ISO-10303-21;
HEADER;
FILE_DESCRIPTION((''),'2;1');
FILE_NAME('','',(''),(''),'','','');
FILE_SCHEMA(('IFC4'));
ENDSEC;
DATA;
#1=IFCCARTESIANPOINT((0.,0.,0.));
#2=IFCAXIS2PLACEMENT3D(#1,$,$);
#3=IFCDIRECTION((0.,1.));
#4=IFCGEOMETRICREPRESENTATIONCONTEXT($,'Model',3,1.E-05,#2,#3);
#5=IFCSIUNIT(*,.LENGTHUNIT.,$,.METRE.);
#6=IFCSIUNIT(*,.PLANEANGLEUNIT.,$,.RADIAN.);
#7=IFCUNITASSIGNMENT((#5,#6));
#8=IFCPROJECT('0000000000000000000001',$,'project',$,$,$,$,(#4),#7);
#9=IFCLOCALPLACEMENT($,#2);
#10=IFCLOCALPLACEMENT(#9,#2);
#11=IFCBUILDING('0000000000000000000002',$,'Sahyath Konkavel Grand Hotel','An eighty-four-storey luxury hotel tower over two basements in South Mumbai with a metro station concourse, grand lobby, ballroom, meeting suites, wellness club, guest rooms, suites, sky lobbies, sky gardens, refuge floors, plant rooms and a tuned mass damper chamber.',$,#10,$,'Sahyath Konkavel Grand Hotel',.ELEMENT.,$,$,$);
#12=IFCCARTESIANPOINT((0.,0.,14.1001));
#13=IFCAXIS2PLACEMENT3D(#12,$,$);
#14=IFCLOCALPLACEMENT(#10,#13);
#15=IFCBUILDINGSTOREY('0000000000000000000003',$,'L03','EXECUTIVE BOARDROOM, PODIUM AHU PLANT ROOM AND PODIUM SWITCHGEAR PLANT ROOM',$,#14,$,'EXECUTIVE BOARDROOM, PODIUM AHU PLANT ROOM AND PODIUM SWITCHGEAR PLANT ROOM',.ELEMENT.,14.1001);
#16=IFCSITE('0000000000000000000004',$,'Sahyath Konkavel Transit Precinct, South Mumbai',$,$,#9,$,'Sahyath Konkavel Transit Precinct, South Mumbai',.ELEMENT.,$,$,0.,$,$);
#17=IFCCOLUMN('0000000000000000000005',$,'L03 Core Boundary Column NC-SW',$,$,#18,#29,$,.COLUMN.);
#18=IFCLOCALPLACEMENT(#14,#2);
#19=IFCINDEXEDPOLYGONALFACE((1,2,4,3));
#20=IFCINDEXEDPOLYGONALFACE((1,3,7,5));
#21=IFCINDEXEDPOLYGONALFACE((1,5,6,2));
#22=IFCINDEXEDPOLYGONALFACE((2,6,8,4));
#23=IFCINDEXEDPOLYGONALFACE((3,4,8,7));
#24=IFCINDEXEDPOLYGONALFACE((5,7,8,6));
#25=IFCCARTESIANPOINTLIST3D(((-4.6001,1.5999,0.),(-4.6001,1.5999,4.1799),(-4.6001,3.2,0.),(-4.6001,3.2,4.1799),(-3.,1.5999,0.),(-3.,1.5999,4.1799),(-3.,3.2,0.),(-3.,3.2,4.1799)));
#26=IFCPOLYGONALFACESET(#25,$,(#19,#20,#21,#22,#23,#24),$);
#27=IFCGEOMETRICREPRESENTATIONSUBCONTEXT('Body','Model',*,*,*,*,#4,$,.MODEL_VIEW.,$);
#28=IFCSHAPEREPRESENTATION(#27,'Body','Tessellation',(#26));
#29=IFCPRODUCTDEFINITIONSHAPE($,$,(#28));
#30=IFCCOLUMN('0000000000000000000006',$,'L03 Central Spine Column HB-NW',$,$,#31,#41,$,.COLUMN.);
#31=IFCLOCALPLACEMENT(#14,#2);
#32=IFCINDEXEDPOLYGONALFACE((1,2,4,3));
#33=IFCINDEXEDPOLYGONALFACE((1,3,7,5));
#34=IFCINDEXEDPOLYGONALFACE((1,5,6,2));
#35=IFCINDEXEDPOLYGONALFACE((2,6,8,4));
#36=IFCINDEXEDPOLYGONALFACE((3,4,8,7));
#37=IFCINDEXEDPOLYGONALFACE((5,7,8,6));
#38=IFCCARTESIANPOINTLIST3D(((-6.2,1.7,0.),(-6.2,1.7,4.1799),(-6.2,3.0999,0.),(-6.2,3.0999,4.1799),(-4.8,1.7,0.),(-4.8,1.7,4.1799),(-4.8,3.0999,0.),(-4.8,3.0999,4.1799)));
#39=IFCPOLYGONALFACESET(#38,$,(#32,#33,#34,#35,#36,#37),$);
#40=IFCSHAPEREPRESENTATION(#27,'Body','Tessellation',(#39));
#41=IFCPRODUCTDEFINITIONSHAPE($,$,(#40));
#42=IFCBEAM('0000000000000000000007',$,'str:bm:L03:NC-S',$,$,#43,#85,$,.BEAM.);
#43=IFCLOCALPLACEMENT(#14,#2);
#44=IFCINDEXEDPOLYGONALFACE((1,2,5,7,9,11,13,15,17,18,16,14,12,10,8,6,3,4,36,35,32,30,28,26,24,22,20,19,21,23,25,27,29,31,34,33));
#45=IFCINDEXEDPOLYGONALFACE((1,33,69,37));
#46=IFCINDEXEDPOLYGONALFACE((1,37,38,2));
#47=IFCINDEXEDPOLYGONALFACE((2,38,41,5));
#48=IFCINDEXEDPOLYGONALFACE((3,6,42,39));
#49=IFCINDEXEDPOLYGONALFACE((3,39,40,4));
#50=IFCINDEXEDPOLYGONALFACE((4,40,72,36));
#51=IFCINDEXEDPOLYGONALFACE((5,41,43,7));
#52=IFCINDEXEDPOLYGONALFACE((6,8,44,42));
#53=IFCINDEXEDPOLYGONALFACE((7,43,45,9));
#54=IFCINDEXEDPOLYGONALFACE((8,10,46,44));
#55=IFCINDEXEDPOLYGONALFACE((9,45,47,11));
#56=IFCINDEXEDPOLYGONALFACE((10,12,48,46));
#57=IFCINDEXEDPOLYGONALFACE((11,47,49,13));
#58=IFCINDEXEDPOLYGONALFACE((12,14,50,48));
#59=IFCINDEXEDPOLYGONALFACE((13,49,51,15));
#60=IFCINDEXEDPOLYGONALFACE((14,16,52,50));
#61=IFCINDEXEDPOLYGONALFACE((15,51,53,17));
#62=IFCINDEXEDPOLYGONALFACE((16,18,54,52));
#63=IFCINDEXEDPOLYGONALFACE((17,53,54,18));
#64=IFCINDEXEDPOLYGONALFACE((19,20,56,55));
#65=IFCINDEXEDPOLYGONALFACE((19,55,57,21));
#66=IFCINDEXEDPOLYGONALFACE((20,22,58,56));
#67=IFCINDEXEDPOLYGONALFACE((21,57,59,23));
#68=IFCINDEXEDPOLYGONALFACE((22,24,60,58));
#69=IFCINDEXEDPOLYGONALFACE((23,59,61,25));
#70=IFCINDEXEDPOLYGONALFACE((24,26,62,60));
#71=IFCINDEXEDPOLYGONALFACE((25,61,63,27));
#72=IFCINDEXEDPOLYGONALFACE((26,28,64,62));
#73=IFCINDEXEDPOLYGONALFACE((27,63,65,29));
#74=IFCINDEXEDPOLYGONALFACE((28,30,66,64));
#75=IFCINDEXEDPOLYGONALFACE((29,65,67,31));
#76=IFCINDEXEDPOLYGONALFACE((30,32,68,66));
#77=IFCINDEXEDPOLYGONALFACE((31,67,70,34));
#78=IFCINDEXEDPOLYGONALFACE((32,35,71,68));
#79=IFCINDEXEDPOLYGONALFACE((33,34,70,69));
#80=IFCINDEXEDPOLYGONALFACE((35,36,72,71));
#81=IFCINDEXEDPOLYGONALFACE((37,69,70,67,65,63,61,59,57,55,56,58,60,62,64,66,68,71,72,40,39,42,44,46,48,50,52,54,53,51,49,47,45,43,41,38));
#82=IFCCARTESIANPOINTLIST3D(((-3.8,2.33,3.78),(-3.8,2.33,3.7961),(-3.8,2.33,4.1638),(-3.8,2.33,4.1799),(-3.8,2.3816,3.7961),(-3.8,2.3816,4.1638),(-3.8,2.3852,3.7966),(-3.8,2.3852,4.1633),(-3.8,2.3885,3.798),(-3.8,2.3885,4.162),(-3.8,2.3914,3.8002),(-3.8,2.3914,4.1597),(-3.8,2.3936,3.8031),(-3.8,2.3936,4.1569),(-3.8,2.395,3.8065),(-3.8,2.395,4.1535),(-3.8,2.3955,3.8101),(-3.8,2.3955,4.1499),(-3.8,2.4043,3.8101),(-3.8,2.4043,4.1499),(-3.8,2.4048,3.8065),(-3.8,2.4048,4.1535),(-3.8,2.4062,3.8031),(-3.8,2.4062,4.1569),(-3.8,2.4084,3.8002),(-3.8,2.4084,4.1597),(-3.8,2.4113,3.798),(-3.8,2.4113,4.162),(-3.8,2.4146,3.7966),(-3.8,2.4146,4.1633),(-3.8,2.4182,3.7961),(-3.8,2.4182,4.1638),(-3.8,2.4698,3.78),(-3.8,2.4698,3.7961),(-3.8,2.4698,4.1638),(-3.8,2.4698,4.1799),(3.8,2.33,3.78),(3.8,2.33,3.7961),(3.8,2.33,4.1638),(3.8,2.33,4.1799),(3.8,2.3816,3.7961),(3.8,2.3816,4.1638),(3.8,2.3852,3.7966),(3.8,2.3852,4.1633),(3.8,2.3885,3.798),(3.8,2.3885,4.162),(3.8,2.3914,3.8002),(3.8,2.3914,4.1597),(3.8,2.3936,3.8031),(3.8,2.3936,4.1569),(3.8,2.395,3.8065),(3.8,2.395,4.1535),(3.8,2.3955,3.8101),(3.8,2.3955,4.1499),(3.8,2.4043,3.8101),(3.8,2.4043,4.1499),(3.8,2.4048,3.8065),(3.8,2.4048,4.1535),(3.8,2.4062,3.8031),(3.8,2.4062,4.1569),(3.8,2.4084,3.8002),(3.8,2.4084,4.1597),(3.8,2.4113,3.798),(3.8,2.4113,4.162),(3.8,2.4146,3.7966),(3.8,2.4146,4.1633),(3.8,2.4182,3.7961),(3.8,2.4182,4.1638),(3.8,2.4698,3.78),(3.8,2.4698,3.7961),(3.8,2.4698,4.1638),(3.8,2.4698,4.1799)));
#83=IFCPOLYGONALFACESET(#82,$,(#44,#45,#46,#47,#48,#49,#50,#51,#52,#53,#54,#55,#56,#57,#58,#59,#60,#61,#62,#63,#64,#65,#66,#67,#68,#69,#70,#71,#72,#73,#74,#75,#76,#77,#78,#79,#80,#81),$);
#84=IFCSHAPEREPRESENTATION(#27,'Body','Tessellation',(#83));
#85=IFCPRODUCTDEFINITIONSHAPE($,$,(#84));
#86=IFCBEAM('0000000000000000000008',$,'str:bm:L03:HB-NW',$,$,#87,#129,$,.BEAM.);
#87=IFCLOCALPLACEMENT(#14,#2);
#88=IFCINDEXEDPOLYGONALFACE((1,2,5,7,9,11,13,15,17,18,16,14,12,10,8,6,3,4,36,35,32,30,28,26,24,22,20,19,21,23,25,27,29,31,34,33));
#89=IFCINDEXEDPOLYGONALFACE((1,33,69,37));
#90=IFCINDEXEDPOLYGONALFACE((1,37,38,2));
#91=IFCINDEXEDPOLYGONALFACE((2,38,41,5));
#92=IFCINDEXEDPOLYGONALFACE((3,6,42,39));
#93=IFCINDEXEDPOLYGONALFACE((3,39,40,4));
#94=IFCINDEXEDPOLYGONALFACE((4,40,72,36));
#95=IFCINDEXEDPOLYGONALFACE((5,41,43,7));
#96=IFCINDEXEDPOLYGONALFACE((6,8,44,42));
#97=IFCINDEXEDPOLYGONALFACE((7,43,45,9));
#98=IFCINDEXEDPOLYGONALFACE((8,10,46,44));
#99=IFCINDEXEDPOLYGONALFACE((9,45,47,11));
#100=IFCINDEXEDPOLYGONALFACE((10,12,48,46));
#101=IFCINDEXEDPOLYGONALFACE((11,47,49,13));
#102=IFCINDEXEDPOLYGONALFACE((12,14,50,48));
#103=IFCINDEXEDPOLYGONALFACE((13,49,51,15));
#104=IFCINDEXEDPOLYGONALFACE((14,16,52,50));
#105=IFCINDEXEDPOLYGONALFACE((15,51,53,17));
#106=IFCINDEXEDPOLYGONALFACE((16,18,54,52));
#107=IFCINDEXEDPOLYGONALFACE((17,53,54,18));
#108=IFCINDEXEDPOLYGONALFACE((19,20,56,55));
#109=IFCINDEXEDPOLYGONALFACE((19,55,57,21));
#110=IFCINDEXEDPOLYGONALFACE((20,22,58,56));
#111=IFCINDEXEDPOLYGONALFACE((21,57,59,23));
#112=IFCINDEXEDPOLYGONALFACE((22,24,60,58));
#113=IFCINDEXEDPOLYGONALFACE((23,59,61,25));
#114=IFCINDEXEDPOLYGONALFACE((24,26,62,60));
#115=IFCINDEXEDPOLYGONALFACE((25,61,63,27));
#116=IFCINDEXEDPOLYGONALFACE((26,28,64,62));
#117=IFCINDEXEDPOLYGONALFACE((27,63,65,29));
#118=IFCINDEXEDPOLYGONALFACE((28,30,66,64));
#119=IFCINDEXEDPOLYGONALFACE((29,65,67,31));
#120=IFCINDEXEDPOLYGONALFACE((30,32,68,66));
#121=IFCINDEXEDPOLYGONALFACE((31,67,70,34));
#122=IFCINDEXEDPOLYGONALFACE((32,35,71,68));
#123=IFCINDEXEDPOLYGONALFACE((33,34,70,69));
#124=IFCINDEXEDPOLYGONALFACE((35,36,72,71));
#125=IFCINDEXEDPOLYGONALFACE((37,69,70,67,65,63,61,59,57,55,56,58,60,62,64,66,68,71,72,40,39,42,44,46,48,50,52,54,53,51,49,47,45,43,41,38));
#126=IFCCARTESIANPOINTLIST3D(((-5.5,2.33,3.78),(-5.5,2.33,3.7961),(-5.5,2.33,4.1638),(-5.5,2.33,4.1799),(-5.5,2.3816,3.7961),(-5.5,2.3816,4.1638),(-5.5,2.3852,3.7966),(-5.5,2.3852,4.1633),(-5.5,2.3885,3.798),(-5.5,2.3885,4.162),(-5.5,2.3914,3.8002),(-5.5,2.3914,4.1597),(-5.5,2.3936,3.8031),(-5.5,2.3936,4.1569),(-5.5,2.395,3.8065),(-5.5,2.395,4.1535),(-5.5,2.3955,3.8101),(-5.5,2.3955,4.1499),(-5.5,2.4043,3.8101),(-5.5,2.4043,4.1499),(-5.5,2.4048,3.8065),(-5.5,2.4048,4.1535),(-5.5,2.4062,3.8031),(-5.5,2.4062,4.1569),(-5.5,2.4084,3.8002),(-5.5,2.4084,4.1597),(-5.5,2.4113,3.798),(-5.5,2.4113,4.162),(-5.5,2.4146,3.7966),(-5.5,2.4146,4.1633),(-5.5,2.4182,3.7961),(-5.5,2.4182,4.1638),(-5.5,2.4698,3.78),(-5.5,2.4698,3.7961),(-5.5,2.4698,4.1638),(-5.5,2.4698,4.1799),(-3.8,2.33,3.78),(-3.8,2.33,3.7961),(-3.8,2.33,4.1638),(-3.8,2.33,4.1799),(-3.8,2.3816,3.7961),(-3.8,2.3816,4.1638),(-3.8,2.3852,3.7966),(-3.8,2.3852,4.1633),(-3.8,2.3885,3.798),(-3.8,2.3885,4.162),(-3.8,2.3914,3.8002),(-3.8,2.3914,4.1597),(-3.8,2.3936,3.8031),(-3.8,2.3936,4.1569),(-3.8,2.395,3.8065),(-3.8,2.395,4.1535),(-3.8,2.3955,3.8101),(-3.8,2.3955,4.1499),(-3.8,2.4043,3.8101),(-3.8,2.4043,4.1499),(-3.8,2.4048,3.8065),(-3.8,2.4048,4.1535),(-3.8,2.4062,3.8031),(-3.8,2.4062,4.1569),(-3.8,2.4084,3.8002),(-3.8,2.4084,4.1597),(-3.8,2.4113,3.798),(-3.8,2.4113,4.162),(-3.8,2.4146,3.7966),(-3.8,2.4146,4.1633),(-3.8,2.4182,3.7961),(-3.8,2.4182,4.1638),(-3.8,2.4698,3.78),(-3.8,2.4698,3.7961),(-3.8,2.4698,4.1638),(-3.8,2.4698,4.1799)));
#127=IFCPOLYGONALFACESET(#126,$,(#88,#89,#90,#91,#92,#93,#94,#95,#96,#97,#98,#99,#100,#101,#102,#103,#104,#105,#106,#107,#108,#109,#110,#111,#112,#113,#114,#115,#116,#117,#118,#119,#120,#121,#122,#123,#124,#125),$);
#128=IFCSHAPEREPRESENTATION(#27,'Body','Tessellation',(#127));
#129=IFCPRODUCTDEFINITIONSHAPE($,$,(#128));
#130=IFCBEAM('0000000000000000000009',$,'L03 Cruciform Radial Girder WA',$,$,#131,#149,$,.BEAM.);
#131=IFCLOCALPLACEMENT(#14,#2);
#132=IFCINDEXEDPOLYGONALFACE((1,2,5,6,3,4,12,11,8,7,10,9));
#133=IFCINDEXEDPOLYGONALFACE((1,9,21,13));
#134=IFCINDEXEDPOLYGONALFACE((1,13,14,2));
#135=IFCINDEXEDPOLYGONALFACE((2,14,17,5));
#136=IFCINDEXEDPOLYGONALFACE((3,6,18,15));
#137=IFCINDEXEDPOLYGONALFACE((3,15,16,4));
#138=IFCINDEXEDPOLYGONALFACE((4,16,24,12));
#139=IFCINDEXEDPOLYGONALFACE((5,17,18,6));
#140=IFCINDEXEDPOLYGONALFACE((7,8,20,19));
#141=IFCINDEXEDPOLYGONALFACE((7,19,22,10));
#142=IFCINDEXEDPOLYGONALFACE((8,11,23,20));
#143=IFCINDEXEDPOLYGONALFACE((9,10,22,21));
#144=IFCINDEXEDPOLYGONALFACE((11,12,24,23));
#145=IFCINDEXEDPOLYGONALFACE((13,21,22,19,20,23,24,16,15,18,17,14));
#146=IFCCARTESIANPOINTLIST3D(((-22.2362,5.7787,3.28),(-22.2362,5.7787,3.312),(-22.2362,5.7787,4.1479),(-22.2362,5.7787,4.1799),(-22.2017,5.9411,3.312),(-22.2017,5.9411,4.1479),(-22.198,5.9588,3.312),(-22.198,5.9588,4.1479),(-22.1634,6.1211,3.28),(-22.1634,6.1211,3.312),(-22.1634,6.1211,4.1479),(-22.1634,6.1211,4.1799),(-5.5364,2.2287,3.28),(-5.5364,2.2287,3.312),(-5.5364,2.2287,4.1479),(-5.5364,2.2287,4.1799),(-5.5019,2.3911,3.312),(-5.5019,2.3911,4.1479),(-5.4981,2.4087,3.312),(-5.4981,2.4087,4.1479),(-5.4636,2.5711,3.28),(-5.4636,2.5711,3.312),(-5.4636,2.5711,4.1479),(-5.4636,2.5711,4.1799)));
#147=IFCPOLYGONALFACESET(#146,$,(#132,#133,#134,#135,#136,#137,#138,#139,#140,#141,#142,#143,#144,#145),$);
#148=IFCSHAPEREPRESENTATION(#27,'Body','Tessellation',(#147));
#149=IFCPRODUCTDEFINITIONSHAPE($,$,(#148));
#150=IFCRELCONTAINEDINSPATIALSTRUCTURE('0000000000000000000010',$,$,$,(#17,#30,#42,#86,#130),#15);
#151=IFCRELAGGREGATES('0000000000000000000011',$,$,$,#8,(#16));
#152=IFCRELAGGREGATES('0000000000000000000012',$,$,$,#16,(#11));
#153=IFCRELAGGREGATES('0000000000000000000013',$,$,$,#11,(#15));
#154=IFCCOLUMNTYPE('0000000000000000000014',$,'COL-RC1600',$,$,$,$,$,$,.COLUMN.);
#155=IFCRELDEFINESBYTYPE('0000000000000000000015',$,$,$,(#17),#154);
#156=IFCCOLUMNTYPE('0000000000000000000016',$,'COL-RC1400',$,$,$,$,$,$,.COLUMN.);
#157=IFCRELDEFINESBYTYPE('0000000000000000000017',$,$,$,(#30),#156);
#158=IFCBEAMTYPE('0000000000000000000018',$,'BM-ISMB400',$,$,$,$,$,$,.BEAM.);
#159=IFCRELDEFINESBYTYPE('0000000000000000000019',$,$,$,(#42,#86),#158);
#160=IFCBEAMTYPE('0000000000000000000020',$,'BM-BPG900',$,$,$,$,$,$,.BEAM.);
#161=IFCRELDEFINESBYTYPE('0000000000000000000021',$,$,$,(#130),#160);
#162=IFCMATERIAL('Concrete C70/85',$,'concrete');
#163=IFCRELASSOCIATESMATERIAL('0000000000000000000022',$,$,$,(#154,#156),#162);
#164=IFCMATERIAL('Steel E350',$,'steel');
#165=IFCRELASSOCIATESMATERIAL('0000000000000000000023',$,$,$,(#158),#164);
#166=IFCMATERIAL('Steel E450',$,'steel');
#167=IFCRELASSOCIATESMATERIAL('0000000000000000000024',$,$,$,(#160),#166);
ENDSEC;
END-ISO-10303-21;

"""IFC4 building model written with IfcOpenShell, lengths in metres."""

from ifc_helpers import new_model, si_unit, direction, frame, origin, origin_2d, place, context, subcontext, project, spatial, rectangle, i_section, extrude, source, transform, mapped, material, material_profile, profile_set, type_object, element, save


model = new_model("IFC4")

# Units and contexts
model_context = context("Model", 3, precision=1e-05, world=origin(), true_north=direction((0.0, 1.0)))
body_context = subcontext(model_context, "Body", "Model", "MODEL_VIEW")
ifc_project = project(units=[si_unit("LENGTHUNIT", "METRE"), si_unit("PLANEANGLEUNIT", "RADIAN")], contexts=[model_context])

# Site, building, storey
site_placement = place(None, origin())
site = spatial("IfcSite", under=ifc_project, at=site_placement, Name="Sahyath Konkavel Transit Precinct, South Mumbai", LongName="Sahyath Konkavel Transit Precinct, South Mumbai", CompositionType="ELEMENT", RefElevation=0.0)
building_placement = place(site_placement, origin())
building = spatial("IfcBuilding", under=site, at=building_placement, Name="Sahyath Konkavel Grand Hotel", Description="An eighty-four-storey luxury hotel tower over two basements in South Mumbai with a metro station concourse, grand lobby, ballroom, meeting suites, wellness club, guest rooms, suites, sky lobbies, sky gardens, refuge floors, plant rooms and a tuned mass damper chamber.", LongName="Sahyath Konkavel Grand Hotel", CompositionType="ELEMENT")
storey_placement = place(building_placement, frame((0.0, 0.0, 14.1001)))
storey = spatial("IfcBuildingStorey", under=building, at=storey_placement, Name="L03", Description="EXECUTIVE BOARDROOM, PODIUM AHU PLANT ROOM AND PODIUM SWITCHGEAR PLANT ROOM", LongName="EXECUTIVE BOARDROOM, PODIUM AHU PLANT ROOM AND PODIUM SWITCHGEAR PLANT ROOM", CompositionType="ELEMENT", Elevation=14.1001)

# Columns
ifc_material_1 = material(Name="Concrete C70/85", Category="concrete")
ifc_material_profile_1 = material_profile(ifc_material_1, rectangle(XDim=1.6001, YDim=1.6001, at=origin_2d()), Name="RC 1600x1600")
ifc_profile_set_1 = profile_set([ifc_material_profile_1], Name="Concrete C70/85")
column_type_1 = type_object("IfcColumnType", Name="COL-RC1600", PredefinedType="COLUMN", material=ifc_profile_set_1)
shared_shape_1 = source(origin(), body_context, "Body", "SweptSolid", [
    extrude(rectangle(XDim=1.6001, YDim=1.6001, at=origin_2d()), origin(), (0.0, 0.0, 1.0), 4.1799),
])
column_1_placement = place(storey_placement, frame((-3.8, 2.3999, 0.0), z_axis=(0.0, 0.0, 1.0), x_axis=(1.0, 0.0, 0.0)))
element("IfcColumn", 1, at=column_1_placement, inside=storey, type_object=column_type_1, Name="L03 Core Boundary Column NC-SW", PredefinedType="COLUMN", context=body_context, shape_type="MappedRepresentation", body=[
    mapped(shared_shape_1, transform((0.0, 0.0, 0.0), scale=1.0)),
])
ifc_material_profile_2 = material_profile(ifc_material_1, rectangle(XDim=1.3999, YDim=1.3999, at=origin_2d()), Name="RC 1400x1400")
ifc_profile_set_2 = profile_set([ifc_material_profile_2], Name="Concrete C70/85")
column_type_2 = type_object("IfcColumnType", Name="COL-RC1400", PredefinedType="COLUMN", material=ifc_profile_set_2)
shared_shape_2 = source(origin(), body_context, "Body", "SweptSolid", [
    extrude(rectangle(XDim=1.3999, YDim=1.3999, at=origin_2d()), origin(), (0.0, 0.0, 1.0), 4.1799),
])
column_2_placement = place(storey_placement, frame((-5.5, 2.3999, 0.0), z_axis=(0.0, 0.0, 1.0), x_axis=(1.0, 0.0, 0.0)))
element("IfcColumn", 2, at=column_2_placement, inside=storey, type_object=column_type_2, Name="L03 Central Spine Column HB-NW", PredefinedType="COLUMN", context=body_context, shape_type="MappedRepresentation", body=[
    mapped(shared_shape_2, transform((0.0, 0.0, 0.0), scale=1.0)),
])

# Beams
ifc_material_2 = material(Name="Steel E350", Category="steel")
ifc_material_profile_3 = material_profile(ifc_material_2, i_section(OverallWidth=0.1399, OverallDepth=0.3999, WebThickness=0.0088, FlangeThickness=0.0161, FilletRadius=0.0139, at=origin_2d()), Name="ISMB 400")
ifc_profile_set_3 = profile_set([ifc_material_profile_3], Name="Steel E350")
beam_type_1 = type_object("IfcBeamType", Name="BM-ISMB400", PredefinedType="BEAM", material=ifc_profile_set_3)
shared_shape_3 = source(origin(), body_context, "Body", "SweptSolid", [
    extrude(i_section(OverallWidth=0.1399, OverallDepth=0.3999, WebThickness=0.0088, FlangeThickness=0.0161, FilletRadius=0.0139, at=origin_2d()), origin(), (0.0, 0.0, 1.0), 7.6001),
])
beam_1_placement = place(storey_placement, frame((-3.8, 2.3999, 3.98), z_axis=(1.0, 0.0, 0.0), x_axis=(0.0, 1.0, 0.0)))
element("IfcBeam", 3, at=beam_1_placement, inside=storey, type_object=beam_type_1, Name="str:bm:L03:NC-S", PredefinedType="BEAM", context=body_context, shape_type="MappedRepresentation", body=[
    mapped(shared_shape_3, transform((0.0, 0.0, 0.0), scale=1.0)),
])
shared_shape_4 = source(origin(), body_context, "Body", "SweptSolid", [
    extrude(i_section(OverallWidth=0.1399, OverallDepth=0.3999, WebThickness=0.0088, FlangeThickness=0.0161, FilletRadius=0.0139, at=origin_2d()), origin(), (0.0, 0.0, 1.0), 1.7),
])
beam_2_placement = place(storey_placement, frame((-5.5, 2.3999, 3.98), z_axis=(1.0, 0.0, 0.0), x_axis=(0.0, 1.0, 0.0)))
element("IfcBeam", 4, at=beam_2_placement, inside=storey, type_object=beam_type_1, Name="str:bm:L03:HB-NW", PredefinedType="BEAM", context=body_context, shape_type="MappedRepresentation", body=[
    mapped(shared_shape_4, transform((0.0, 0.0, 0.0), scale=1.0)),
])
ifc_material_3 = material(Name="Steel E450", Category="steel")
ifc_material_profile_4 = material_profile(ifc_material_3, i_section(OverallWidth=0.3501, OverallDepth=0.8999, WebThickness=0.0181, FlangeThickness=0.032, at=origin_2d()), Name="BPG 900x350")
ifc_profile_set_4 = profile_set([ifc_material_profile_4], Name="Steel E450")
beam_type_2 = type_object("IfcBeamType", Name="BM-BPG900", PredefinedType="BEAM", material=ifc_profile_set_4)
shared_shape_5 = source(origin(), body_context, "Body", "SweptSolid", [
    extrude(i_section(OverallWidth=0.3501, OverallDepth=0.8999, WebThickness=0.0181, FlangeThickness=0.032, at=origin_2d()), origin(), (0.0, 0.0, 1.0), 17.073),
])
beam_3_placement = place(storey_placement, frame((-5.5, 2.3999, 3.73), z_axis=(-0.978143, 0.207932, 0.0), x_axis=(-0.207932, -0.978143, 0.0)))
element("IfcBeam", 5, at=beam_3_placement, inside=storey, type_object=beam_type_2, Name="L03 Cruciform Radial Girder WA", PredefinedType="BEAM", context=body_context, shape_type="MappedRepresentation", body=[
    mapped(shared_shape_5, transform((0.0, 0.0, 0.0), scale=1.0)),
])

save(model, "model.ifc")
